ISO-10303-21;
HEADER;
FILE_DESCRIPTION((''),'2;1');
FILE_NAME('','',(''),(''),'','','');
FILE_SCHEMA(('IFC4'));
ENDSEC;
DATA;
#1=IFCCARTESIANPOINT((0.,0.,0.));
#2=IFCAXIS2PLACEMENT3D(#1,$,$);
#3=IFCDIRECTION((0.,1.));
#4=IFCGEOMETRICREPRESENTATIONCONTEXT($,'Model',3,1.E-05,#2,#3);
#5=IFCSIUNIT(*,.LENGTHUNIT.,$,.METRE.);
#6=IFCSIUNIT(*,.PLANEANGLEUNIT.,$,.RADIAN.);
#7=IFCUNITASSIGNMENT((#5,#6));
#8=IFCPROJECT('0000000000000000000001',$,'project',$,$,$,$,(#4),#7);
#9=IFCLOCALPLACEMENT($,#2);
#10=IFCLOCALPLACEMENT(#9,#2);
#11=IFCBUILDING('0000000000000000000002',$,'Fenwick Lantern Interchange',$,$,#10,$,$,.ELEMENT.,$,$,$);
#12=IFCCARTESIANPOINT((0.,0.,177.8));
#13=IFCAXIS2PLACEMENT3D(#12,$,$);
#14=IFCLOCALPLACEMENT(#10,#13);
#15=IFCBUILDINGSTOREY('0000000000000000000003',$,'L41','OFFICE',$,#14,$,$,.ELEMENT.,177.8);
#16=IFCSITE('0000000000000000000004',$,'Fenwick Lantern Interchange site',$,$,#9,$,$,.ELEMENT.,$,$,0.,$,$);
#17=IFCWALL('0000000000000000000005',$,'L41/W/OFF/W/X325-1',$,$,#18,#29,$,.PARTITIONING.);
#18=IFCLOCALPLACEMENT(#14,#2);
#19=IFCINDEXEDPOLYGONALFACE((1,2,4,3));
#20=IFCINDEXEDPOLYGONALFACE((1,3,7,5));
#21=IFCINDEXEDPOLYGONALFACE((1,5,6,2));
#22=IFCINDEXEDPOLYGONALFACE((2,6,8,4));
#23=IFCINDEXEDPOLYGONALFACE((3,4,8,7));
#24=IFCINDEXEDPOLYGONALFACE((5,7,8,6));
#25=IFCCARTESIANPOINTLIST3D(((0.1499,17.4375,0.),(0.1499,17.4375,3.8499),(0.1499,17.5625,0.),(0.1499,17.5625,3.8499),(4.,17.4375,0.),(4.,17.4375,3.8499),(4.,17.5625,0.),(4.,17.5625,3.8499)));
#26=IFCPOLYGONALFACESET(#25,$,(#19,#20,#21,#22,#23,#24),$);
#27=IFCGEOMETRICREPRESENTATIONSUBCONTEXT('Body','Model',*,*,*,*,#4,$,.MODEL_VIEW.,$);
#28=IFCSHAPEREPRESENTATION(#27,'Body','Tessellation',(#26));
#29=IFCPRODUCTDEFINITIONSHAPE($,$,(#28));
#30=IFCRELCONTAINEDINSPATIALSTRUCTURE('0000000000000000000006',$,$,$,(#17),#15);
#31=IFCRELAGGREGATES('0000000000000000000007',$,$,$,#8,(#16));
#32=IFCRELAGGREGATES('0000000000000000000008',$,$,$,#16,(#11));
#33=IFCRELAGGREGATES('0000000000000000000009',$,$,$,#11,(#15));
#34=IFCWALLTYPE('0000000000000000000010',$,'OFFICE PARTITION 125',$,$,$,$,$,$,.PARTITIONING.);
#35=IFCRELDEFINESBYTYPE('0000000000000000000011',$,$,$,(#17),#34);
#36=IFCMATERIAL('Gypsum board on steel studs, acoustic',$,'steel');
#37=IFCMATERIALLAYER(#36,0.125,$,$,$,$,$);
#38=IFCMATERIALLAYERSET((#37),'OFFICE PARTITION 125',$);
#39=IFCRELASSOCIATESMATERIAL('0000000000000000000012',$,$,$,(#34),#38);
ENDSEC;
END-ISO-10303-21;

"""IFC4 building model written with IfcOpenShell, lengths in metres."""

from ifc_helpers import new_model, si_unit, direction, frame, frame_2d, origin, place, context, subcontext, project, spatial, rectangle, extrude, material, layer, layer_set, type_object, element, save


model = new_model("IFC4")

# Units and contexts
model_context = context("Model", 3, precision=1e-05, world=origin(), true_north=direction((0.0, 1.0)))
body_context = subcontext(model_context, "Body", "Model", "MODEL_VIEW")
ifc_project = project(units=[si_unit("LENGTHUNIT", "METRE"), si_unit("PLANEANGLEUNIT", "RADIAN")], contexts=[model_context])

# Site, building, storey
site_placement = place(None, origin())
site = spatial("IfcSite", under=ifc_project, at=site_placement, Name="Fenwick Lantern Interchange site", CompositionType="ELEMENT", RefElevation=0.0)
building_placement = place(site_placement, origin())
building = spatial("IfcBuilding", under=site, at=building_placement, Name="Fenwick Lantern Interchange", CompositionType="ELEMENT")
storey_placement = place(building_placement, frame((0.0, 0.0, 177.8)))
storey = spatial("IfcBuildingStorey", under=building, at=storey_placement, Name="L41", Description="OFFICE", CompositionType="ELEMENT", Elevation=177.8)

# Wall
ifc_material_1 = material(Name="Gypsum board on steel studs, acoustic", Category="steel")
ifc_layer_1 = layer(ifc_material_1, 0.125)
ifc_layer_set_1 = layer_set([ifc_layer_1], Name="OFFICE PARTITION 125")
wall_type_1 = type_object("IfcWallType", Name="OFFICE PARTITION 125", PredefinedType="PARTITIONING", material=ifc_layer_set_1)
for number, where, z_axis, x_axis, name in (
    (1, (0.1499, 17.5, 0.0), (0.0, 0.0, 1.0), (1.0, 0.0, 0.0), "L41/W/OFF/W/X325-1"),
):
    element("IfcWall", number, at=place(storey_placement, frame(where, z_axis=z_axis, x_axis=x_axis)), inside=storey, type_object=wall_type_1, Name=name, PredefinedType="PARTITIONING", context=body_context, shape_type="SweptSolid", body=[
        extrude(rectangle(XDim=3.8501, YDim=0.125, at=frame_2d((1.925, 0.0))), origin(), (0.0, 0.0, 1.0), 3.8499),
    ])

save(model, "model.ifc")
